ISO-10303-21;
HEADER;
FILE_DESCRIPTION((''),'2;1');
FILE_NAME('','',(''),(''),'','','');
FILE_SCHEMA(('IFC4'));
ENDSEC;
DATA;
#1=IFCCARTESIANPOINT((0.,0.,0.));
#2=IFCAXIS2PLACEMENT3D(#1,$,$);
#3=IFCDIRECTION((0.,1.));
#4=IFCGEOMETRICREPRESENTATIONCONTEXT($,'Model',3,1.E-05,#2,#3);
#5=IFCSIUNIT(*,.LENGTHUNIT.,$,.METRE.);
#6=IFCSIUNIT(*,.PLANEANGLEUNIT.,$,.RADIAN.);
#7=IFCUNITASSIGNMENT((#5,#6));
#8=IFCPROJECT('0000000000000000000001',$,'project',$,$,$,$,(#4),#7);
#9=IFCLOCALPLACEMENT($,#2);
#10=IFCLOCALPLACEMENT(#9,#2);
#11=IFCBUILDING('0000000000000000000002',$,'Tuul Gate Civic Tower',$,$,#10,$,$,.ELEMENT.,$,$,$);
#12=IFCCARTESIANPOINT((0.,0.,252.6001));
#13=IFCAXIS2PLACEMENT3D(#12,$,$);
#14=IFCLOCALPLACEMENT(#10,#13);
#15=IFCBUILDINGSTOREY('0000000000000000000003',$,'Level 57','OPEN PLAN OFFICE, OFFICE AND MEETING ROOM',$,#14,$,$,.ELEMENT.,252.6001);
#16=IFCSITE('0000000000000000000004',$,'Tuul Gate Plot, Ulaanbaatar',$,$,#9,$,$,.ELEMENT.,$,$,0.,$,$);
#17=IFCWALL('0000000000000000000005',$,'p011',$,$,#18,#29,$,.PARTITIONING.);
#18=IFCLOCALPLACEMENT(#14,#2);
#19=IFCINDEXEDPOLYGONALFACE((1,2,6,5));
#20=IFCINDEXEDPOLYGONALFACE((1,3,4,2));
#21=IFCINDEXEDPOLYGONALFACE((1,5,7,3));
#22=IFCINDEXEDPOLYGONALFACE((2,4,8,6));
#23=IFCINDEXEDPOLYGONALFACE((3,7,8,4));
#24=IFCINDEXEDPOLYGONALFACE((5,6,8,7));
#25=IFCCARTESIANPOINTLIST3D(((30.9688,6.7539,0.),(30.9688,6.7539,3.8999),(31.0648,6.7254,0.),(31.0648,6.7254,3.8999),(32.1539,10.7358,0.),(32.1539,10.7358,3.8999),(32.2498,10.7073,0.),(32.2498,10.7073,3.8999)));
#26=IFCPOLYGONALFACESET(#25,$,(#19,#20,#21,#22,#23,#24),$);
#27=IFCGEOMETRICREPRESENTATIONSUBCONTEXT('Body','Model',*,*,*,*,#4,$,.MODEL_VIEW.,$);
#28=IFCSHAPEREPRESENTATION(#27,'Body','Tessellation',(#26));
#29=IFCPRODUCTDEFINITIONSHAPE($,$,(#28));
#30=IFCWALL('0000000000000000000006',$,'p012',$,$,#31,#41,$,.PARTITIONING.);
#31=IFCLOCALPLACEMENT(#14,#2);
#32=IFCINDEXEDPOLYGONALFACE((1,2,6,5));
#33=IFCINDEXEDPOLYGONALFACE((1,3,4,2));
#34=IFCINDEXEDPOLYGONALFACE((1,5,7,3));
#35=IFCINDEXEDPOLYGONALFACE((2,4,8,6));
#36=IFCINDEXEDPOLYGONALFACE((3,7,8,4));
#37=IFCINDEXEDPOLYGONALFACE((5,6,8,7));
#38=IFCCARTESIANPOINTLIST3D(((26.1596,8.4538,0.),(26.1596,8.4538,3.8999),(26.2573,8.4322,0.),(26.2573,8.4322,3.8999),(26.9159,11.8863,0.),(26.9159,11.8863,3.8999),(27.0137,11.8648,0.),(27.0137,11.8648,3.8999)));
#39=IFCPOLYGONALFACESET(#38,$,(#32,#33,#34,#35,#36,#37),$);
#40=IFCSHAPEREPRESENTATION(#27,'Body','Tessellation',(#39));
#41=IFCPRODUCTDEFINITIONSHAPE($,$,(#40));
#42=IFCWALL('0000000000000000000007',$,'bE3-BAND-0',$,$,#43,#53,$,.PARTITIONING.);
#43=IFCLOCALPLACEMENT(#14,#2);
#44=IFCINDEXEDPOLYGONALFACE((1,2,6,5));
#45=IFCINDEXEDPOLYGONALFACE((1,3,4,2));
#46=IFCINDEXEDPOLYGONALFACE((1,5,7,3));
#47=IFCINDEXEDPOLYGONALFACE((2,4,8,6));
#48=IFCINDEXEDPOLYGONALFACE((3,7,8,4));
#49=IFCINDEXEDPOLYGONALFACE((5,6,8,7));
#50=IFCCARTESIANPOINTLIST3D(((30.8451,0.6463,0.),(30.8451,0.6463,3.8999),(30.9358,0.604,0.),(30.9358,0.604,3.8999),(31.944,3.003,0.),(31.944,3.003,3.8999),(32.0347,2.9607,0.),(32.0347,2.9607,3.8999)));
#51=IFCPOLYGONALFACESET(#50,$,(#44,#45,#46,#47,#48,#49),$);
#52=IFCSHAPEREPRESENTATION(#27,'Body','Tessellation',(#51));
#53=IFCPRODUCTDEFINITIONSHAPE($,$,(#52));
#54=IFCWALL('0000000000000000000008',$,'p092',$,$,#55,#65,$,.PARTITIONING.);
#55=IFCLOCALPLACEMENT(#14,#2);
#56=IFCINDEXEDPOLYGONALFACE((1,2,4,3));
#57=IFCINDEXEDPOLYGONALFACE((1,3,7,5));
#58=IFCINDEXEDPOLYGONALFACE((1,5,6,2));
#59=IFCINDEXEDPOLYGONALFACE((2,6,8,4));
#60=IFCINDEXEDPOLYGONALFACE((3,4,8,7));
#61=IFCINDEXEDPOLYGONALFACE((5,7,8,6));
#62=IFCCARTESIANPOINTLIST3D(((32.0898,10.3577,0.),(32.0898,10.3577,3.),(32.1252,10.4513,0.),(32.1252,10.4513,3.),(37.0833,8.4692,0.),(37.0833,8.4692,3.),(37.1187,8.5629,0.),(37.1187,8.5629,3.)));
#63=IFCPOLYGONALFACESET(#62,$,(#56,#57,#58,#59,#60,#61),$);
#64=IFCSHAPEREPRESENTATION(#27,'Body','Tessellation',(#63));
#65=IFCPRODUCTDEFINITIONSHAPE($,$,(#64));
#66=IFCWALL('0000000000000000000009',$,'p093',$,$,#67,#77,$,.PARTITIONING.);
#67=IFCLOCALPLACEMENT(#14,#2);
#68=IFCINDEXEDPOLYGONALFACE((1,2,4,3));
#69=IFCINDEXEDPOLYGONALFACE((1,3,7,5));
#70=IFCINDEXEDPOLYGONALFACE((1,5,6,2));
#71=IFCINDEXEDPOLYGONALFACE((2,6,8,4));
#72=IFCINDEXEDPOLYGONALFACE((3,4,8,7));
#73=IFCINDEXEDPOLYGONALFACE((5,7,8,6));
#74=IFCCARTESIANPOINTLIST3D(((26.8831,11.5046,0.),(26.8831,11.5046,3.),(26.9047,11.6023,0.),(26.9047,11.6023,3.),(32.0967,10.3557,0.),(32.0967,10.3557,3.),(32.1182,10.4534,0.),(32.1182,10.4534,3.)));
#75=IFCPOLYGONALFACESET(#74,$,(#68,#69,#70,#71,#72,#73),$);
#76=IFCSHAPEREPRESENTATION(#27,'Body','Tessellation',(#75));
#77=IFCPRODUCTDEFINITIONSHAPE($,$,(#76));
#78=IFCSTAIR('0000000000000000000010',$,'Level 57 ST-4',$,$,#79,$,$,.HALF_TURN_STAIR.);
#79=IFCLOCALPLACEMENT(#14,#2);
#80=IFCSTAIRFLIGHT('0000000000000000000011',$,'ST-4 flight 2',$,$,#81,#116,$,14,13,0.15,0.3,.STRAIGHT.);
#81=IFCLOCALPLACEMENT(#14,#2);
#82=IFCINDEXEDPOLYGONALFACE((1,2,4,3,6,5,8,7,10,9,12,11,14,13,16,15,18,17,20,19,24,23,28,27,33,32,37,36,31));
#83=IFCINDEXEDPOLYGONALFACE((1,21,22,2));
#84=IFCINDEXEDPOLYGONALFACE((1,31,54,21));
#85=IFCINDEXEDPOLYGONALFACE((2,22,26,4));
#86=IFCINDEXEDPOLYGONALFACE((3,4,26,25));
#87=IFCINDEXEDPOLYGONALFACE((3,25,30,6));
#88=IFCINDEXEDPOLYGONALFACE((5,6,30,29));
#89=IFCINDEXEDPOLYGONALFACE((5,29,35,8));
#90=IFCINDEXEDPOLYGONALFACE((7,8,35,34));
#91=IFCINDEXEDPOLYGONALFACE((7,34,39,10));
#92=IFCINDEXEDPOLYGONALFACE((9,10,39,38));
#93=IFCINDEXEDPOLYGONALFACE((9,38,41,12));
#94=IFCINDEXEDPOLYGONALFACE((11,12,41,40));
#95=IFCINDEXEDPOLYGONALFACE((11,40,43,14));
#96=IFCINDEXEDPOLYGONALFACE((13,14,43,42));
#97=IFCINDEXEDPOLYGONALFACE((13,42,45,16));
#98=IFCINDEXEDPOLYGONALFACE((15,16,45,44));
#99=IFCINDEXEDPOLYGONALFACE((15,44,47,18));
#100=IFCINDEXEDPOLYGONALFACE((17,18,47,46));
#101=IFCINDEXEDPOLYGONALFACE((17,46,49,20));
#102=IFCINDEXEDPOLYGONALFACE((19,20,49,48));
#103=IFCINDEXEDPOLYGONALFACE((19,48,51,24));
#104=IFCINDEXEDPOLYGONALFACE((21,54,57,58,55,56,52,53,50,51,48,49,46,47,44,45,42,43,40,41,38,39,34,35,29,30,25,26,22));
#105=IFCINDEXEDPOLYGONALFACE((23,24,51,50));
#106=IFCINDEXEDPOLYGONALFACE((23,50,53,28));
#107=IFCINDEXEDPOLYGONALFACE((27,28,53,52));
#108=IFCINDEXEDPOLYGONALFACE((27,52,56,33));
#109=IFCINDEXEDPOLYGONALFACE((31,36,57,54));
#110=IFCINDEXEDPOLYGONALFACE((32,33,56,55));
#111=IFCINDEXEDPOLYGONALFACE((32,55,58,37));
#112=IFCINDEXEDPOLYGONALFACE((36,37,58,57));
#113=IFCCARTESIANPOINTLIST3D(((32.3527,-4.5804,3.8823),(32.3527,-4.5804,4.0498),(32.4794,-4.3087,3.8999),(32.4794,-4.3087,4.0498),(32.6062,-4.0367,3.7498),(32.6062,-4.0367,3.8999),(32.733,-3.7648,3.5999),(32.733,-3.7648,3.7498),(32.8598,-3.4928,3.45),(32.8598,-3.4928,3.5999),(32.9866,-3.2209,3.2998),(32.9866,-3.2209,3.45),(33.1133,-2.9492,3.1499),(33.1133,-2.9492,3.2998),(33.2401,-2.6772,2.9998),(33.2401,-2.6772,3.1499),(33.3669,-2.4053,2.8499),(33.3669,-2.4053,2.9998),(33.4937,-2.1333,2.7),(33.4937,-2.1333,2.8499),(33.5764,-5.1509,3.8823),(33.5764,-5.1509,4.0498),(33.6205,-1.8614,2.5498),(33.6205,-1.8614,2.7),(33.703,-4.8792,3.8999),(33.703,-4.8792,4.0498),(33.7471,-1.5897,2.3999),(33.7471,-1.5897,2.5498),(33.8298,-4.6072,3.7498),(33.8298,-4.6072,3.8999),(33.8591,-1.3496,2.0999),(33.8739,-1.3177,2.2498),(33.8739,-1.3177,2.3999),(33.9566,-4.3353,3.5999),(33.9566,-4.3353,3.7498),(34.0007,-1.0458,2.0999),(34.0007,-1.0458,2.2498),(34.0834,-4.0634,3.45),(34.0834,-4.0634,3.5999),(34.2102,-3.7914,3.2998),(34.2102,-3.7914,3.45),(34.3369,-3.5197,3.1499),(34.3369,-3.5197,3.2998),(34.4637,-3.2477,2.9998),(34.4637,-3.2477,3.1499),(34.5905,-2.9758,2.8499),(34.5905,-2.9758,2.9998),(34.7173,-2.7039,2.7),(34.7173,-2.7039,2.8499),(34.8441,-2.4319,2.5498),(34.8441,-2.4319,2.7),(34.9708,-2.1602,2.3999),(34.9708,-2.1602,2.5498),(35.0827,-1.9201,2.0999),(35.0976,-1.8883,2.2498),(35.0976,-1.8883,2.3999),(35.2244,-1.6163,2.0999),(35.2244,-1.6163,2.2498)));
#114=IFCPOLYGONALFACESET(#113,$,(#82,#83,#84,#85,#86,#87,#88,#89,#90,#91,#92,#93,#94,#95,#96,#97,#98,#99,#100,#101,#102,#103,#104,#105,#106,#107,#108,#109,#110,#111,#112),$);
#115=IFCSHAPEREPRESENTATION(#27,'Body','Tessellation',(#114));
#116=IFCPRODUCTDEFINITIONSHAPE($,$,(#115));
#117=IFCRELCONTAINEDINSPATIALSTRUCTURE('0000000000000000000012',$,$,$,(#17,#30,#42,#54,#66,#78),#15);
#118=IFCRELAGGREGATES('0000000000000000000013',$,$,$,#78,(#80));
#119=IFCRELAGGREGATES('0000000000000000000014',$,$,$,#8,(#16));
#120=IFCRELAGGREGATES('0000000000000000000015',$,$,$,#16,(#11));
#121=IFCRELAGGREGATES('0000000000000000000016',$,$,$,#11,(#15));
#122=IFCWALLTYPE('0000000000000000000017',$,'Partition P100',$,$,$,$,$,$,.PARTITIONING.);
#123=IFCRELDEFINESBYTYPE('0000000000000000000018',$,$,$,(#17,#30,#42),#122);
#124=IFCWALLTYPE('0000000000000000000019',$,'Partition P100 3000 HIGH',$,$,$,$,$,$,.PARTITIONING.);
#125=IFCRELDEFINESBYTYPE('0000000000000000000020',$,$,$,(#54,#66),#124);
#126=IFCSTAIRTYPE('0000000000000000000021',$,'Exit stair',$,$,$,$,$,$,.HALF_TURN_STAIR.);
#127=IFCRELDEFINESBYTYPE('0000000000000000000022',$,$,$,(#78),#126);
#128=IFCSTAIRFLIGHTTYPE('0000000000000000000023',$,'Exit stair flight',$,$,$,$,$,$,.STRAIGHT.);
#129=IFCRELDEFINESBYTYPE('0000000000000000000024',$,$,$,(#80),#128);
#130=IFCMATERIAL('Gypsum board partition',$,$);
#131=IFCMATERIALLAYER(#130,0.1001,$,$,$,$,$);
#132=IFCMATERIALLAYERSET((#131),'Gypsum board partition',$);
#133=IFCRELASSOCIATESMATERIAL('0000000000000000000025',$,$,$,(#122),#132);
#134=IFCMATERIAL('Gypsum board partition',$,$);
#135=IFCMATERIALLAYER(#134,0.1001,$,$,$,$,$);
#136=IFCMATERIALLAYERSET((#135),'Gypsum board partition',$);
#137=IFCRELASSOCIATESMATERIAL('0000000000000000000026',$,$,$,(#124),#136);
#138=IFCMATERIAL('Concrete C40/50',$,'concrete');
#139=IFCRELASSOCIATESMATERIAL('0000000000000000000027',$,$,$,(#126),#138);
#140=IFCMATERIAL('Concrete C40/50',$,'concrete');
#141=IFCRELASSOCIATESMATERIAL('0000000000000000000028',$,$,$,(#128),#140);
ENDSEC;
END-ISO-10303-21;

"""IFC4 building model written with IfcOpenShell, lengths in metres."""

from ifc_helpers import new_model, si_unit, direction, frame, frame_2d, origin, place, context, subcontext, project, spatial, polyline, rectangle, outline, extrude, material, layer, layer_set, type_object, element, aggregate, save


model = new_model("IFC4")

# Units and contexts
model_context = context("Model", 3, precision=1e-05, world=origin(), true_north=direction((0.0, 1.0)))
body_context = subcontext(model_context, "Body", "Model", "MODEL_VIEW")
ifc_project = project(units=[si_unit("LENGTHUNIT", "METRE"), si_unit("PLANEANGLEUNIT", "RADIAN")], contexts=[model_context])

# Site, building, storey
site_placement = place(None, origin())
site = spatial("IfcSite", under=ifc_project, at=site_placement, Name="Tuul Gate Plot, Ulaanbaatar", CompositionType="ELEMENT", RefElevation=0.0)
building_placement = place(site_placement, origin())
building = spatial("IfcBuilding", under=site, at=building_placement, Name="Tuul Gate Civic Tower", CompositionType="ELEMENT")
storey_placement = place(building_placement, frame((0.0, 0.0, 252.6001)))
storey = spatial("IfcBuildingStorey", under=building, at=storey_placement, Name="Level 57", Description="OPEN PLAN OFFICE, OFFICE AND MEETING ROOM", CompositionType="ELEMENT", Elevation=252.6001)

# Walls
ifc_material_1 = material(Name="Gypsum board partition")
ifc_layer_1 = layer(ifc_material_1, 0.1001)
ifc_layer_set_1 = layer_set([ifc_layer_1], Name="Gypsum board partition")
wall_type_1 = type_object("IfcWallType", Name="Partition P100", PredefinedType="PARTITIONING", material=ifc_layer_set_1)
wall_1_placement = place(storey_placement, frame((31.0168, 6.7397, 0.0), z_axis=(0.0, 0.0, 1.0), x_axis=(0.285245, 0.958455, 0.0)))
element("IfcWall", 1, at=wall_1_placement, inside=storey, type_object=wall_type_1, Name="p011", PredefinedType="PARTITIONING", context=body_context, shape_type="SweptSolid", body=[
    extrude(rectangle(XDim=4.1545, YDim=0.1001, at=frame_2d((2.0771, 0.0))), origin(), (0.0, 0.0, 1.0), 3.8999),
])
wall_2_placement = place(storey_placement, frame((26.2085, 8.4431, 0.0), z_axis=(0.0, 0.0, 1.0), x_axis=(0.21518, 0.976574, 0.0)))
element("IfcWall", 2, at=wall_2_placement, inside=storey, type_object=wall_type_1, Name="p012", PredefinedType="PARTITIONING", context=body_context, shape_type="SweptSolid", body=[
    extrude(rectangle(XDim=3.5149, YDim=0.1001, at=frame_2d((1.7573, 0.0))), origin(), (0.0, 0.0, 1.0), 3.8999),
])
wall_3_placement = place(storey_placement, frame((30.8904, 0.625, 0.0), z_axis=(0.0, 0.0, 1.0), x_axis=(0.422598, 0.906317, 0.0)))
element("IfcWall", 3, at=wall_3_placement, inside=storey, type_object=wall_type_1, Name="bE3-BAND-0", PredefinedType="PARTITIONING", context=body_context, shape_type="SweptSolid", body=[
    extrude(rectangle(XDim=2.6003, YDim=0.1001, at=frame_2d((1.3003, 0.0))), origin(), (0.0, 0.0, 1.0), 3.8999),
])
ifc_material_2 = material(Name="Gypsum board partition")
ifc_layer_2 = layer(ifc_material_2, 0.1001)
ifc_layer_set_2 = layer_set([ifc_layer_2], Name="Gypsum board partition")
wall_type_2 = type_object("IfcWallType", Name="Partition P100 3000 HIGH", PredefinedType="PARTITIONING", material=ifc_layer_set_2)
for number, where, z_axis, x_axis, name in (
    (4, (32.1074, 10.4045, 0.0), (0.0, 0.0, 1.0), (0.935346, -0.353733, 0.0), "p092"),
    (5, (26.8938, 11.5535, 0.0), (0.0, 0.0, 1.0), (0.976569, -0.215206, 0.0), "p093"),
):
    element("IfcWall", number, at=place(storey_placement, frame(where, z_axis=z_axis, x_axis=x_axis)), inside=storey, type_object=wall_type_2, Name=name, PredefinedType="PARTITIONING", context=body_context, shape_type="SweptSolid", body=[
        extrude(rectangle(XDim=5.3386, YDim=0.1001, at=frame_2d((2.6694, 0.0))), origin(), (0.0, 0.0, 1.0), 3.0),
    ])

# Stair, stair flight
ifc_material_3 = material(Name="Concrete C40/50", Category="concrete")
stair_type = type_object("IfcStairType", Name="Exit stair", PredefinedType="HALF_TURN_STAIR", material=ifc_material_3)
stair_placement = place(storey_placement, origin())
stair = element("IfcStair", 6, at=stair_placement, inside=storey, type_object=stair_type, Name="Level 57 ST-4", PredefinedType="HALF_TURN_STAIR")
ifc_material_4 = material(Name="Concrete C40/50", Category="concrete")
stair_flight_type = type_object("IfcStairFlightType", Name="Exit stair flight", PredefinedType="STRAIGHT", material=ifc_material_4)
stair_flight_placement = place(storey_placement, frame((34.6125, -1.3311, 2.0999), z_axis=(0.0, 0.0, 1.0), x_axis=(-0.422576, -0.906327, 0.0)))
stair_flight = element("IfcStairFlight", 7, at=stair_flight_placement, type_object=stair_flight_type, Name="ST-4 flight 2", NumberOfRisers=14, NumberOfTreads=13, PredefinedType="STRAIGHT", RiserHeight=0.15, TreadLength=0.3, context=body_context, shape_type="SweptSolid", body=[
    extrude(outline(polyline([(0.0, 0.0), (0.0, 0.1499), (0.3, 0.1499), (0.3, 0.3), (0.6001, 0.3), (0.6001, 0.45), (0.8999, 0.45), (0.8999, 0.6001), (1.2, 0.6001), (1.2, 0.75), (1.5, 0.75), (1.5, 0.8999), (1.8, 0.8999), (1.8, 1.05), (2.1001, 1.05), (2.1001, 1.2), (2.3999, 1.2), (2.3999, 1.3501), (2.7, 1.3501), (2.7, 1.5), (3.0, 1.5), (3.0, 1.6499), (3.3, 1.6499), (3.3, 1.8), (3.6001, 1.8), (3.6001, 1.95), (3.8999, 1.95), (3.8999, 2.1001), (3.8999, 1.7825), (0.3352, 0.0), (0.0, 0.0)])), frame((0.0, 0.675, 0.0), z_axis=(0.0, -1.0, 0.0), x_axis=(1.0, 0.0, 0.0)), (0.0, 0.0, 1.0), 1.3501),
])
aggregate(stair, [stair_flight])

save(model, "model.ifc")
